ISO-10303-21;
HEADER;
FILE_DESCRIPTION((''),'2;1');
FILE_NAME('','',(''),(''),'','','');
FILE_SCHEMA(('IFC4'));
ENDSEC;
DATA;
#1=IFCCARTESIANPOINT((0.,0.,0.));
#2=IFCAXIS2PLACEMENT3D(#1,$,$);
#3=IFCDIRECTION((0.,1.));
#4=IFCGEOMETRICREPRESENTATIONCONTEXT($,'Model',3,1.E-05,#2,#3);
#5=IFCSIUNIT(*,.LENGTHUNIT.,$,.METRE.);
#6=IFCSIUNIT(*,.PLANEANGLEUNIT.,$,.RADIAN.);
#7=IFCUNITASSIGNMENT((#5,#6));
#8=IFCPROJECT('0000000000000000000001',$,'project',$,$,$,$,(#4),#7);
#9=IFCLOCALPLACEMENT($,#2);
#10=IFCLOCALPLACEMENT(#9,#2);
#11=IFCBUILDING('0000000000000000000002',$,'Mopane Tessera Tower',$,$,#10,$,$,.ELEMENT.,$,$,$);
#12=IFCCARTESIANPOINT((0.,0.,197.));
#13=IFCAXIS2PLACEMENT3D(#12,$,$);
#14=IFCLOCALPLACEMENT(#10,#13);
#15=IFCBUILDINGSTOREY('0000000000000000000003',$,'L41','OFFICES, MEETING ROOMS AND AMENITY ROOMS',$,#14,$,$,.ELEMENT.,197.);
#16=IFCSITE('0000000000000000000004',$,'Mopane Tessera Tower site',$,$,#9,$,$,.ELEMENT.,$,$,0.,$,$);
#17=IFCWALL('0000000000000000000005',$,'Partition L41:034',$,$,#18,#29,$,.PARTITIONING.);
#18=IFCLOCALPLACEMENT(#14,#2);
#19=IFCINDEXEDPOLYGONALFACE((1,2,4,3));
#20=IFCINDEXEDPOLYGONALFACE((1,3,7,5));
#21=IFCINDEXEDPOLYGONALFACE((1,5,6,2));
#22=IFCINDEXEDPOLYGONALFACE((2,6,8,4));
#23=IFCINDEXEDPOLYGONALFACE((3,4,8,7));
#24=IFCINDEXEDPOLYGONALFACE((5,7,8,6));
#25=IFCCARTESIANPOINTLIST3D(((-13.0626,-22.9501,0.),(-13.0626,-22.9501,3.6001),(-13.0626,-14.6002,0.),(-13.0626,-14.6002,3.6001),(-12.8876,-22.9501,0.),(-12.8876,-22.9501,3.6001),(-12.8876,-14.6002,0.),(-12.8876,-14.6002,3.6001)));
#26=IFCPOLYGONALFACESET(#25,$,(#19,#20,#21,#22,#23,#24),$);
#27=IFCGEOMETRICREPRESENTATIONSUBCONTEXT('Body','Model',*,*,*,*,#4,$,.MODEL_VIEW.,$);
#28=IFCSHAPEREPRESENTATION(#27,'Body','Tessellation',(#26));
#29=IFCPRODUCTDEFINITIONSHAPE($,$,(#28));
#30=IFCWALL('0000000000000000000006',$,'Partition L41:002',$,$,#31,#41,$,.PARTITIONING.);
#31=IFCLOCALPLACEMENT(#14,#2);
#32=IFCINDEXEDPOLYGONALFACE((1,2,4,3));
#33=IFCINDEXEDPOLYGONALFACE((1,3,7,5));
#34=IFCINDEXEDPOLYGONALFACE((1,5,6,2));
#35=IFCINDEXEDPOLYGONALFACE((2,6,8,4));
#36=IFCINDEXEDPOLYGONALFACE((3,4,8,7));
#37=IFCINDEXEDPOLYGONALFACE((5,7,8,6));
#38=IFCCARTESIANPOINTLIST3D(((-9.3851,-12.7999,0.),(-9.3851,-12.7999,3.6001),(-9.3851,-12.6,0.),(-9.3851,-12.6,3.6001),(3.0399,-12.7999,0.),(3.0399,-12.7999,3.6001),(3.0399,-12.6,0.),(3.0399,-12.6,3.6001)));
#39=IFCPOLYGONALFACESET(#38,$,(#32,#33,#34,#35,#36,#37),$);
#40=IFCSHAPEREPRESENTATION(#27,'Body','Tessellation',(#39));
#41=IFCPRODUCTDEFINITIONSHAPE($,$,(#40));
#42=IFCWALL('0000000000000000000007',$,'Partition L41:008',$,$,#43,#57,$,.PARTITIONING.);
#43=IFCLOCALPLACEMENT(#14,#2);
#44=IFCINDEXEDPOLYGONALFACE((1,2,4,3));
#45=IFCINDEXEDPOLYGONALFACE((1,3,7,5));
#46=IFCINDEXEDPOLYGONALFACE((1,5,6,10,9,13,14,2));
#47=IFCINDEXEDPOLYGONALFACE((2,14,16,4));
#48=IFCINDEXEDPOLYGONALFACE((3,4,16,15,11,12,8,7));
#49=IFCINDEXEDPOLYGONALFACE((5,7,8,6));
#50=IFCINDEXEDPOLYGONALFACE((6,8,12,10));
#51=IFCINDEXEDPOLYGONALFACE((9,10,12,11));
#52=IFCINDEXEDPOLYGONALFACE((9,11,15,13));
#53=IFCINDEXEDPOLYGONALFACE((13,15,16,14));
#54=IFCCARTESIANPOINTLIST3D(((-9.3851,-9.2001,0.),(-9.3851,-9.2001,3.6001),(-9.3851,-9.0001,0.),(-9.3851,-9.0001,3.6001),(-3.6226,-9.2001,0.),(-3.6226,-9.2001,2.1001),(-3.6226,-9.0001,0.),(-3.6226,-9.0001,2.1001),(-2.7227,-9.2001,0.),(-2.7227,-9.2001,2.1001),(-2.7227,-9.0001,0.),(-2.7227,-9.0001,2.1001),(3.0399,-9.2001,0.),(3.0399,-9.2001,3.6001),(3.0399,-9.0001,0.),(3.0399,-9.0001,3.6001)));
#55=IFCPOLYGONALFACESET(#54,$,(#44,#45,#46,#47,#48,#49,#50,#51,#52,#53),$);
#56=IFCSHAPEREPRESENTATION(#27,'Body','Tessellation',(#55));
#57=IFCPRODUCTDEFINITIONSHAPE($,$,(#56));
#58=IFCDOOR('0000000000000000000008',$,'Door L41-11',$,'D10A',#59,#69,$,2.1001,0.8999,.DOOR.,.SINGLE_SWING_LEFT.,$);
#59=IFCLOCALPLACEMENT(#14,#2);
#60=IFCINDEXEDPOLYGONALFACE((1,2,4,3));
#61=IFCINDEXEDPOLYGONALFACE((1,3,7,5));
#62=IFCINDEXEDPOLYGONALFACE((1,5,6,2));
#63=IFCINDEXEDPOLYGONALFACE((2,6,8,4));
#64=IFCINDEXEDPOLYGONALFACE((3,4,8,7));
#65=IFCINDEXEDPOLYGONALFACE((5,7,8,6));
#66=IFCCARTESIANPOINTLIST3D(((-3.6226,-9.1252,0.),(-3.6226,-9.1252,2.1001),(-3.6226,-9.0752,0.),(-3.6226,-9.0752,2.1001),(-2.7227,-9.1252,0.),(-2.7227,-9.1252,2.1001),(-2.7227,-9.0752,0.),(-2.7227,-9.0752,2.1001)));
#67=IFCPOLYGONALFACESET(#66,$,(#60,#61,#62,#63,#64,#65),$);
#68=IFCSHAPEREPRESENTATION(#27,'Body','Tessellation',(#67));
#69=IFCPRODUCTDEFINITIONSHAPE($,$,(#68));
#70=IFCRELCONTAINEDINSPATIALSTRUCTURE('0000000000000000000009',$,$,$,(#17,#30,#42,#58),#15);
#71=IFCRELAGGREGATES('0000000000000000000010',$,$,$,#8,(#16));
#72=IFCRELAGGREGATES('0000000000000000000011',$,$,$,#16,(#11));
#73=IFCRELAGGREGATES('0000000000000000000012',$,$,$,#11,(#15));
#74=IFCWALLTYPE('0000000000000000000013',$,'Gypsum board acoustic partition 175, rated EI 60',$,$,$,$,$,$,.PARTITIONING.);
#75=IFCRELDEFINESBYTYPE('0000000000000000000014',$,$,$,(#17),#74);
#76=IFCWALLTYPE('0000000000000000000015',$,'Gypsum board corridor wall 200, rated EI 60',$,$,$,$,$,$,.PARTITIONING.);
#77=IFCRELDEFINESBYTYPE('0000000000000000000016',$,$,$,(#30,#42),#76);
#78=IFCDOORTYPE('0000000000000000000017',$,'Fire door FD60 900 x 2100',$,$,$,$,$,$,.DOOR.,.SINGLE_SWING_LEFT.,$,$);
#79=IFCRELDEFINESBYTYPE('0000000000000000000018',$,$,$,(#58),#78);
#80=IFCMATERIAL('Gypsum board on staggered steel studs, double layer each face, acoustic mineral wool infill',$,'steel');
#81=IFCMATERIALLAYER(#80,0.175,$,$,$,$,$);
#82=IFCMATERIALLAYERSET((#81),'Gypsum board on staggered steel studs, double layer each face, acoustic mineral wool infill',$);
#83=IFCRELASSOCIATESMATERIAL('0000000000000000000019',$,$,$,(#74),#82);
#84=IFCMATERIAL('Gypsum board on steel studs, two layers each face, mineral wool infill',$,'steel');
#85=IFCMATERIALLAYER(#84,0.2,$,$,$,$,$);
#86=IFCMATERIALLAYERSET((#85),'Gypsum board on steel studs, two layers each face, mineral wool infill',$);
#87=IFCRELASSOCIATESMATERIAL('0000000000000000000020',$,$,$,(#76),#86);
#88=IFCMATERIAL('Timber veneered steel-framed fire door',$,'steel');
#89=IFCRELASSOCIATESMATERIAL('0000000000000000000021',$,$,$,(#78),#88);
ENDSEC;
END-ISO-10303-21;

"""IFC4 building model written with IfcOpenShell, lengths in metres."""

from ifc_helpers import new_model, si_unit, direction, frame, frame_2d, origin, place, context, subcontext, project, spatial, rectangle, extrude, material, layer, layer_set, type_object, element, fill, save


model = new_model("IFC4")

# Units and contexts
model_context = context("Model", 3, precision=1e-05, world=origin(), true_north=direction((0.0, 1.0)))
body_context = subcontext(model_context, "Body", "Model", "MODEL_VIEW")
ifc_project = project(units=[si_unit("LENGTHUNIT", "METRE"), si_unit("PLANEANGLEUNIT", "RADIAN")], contexts=[model_context])

# Site, building, storey
site_placement = place(None, origin())
site = spatial("IfcSite", under=ifc_project, at=site_placement, Name="Mopane Tessera Tower site", CompositionType="ELEMENT", RefElevation=0.0)
building_placement = place(site_placement, origin())
building = spatial("IfcBuilding", under=site, at=building_placement, Name="Mopane Tessera Tower", CompositionType="ELEMENT")
storey_placement = place(building_placement, frame((0.0, 0.0, 197.0)))
storey = spatial("IfcBuildingStorey", under=building, at=storey_placement, Name="L41", Description="OFFICES, MEETING ROOMS AND AMENITY ROOMS", CompositionType="ELEMENT", Elevation=197.0)

# Walls
ifc_material_1 = material(Name="Gypsum board on staggered steel studs, double layer each face, acoustic mineral wool infill", Category="steel")
ifc_layer_1 = layer(ifc_material_1, 0.175)
ifc_layer_set_1 = layer_set([ifc_layer_1], Name="Gypsum board on staggered steel studs, double layer each face, acoustic mineral wool infill")
wall_type_1 = type_object("IfcWallType", Name="Gypsum board acoustic partition 175, rated EI 60", PredefinedType="PARTITIONING", material=ifc_layer_set_1)
wall_1_placement = place(storey_placement, frame((-12.9751, -22.95, 0.0), z_axis=(0.0, 0.0, 1.0), x_axis=(0.0, 1.0, 0.0)))
element("IfcWall", 1, at=wall_1_placement, inside=storey, type_object=wall_type_1, Name="Partition L41:034", PredefinedType="PARTITIONING", context=body_context, shape_type="SweptSolid", body=[
    extrude(rectangle(XDim=8.3499, YDim=0.175, at=frame_2d((4.1748, 0.0))), origin(), (0.0, 0.0, 1.0), 3.6001),
])
ifc_material_2 = material(Name="Gypsum board on steel studs, two layers each face, mineral wool infill", Category="steel")
ifc_layer_2 = layer(ifc_material_2, 0.2)
ifc_layer_set_2 = layer_set([ifc_layer_2], Name="Gypsum board on steel studs, two layers each face, mineral wool infill")
wall_type_2 = type_object("IfcWallType", Name="Gypsum board corridor wall 200, rated EI 60", PredefinedType="PARTITIONING", material=ifc_layer_set_2)
wall_2_placement = place(storey_placement, frame((-9.385, -12.7, 0.0), z_axis=(0.0, 0.0, 1.0), x_axis=(1.0, 0.0, 0.0)))
element("IfcWall", 2, at=wall_2_placement, inside=storey, type_object=wall_type_2, Name="Partition L41:002", PredefinedType="PARTITIONING", context=body_context, shape_type="SweptSolid", body=[
    extrude(rectangle(XDim=12.425, YDim=0.2, at=frame_2d((6.2124, 0.0))), origin(), (0.0, 0.0, 1.0), 3.6001),
])

# Wall, opening, door
wall_3_placement = place(storey_placement, frame((-9.385, -9.1001, 0.0), z_axis=(0.0, 0.0, 1.0), x_axis=(1.0, 0.0, 0.0)))
wall_3 = element("IfcWall", 3, at=wall_3_placement, inside=storey, type_object=wall_type_2, Name="Partition L41:008", PredefinedType="PARTITIONING", context=body_context, shape_type="SweptSolid", body=[
    extrude(rectangle(XDim=12.425, YDim=0.2, at=frame_2d((6.2124, 0.0))), origin(), (0.0, 0.0, 1.0), 3.6001),
])
opening_placement = place(wall_3_placement, frame((5.7625, 0.0, 0.0)))
opening = element("IfcOpeningElement", 4, at=opening_placement, cuts=wall_3, PredefinedType="OPENING", context=body_context, shape_type="SweptSolid", body=[
    extrude(rectangle(XDim=0.8999, YDim=2.1001, at=frame_2d((0.45, 1.05))), frame((0.0, 0.1121, 0.0), z_axis=(0.0, -1.0, 0.0), x_axis=(1.0, 0.0, 0.0)), (0.0, 0.0, 1.0), 0.2239),
])
ifc_material_3 = material(Name="Timber veneered steel-framed fire door", Category="steel")
door_type = type_object("IfcDoorType", Name="Fire door FD60 900 x 2100", OperationType="SINGLE_SWING_LEFT", PredefinedType="DOOR", material=ifc_material_3)
door_placement = place(opening_placement, origin())
door = element("IfcDoor", 5, at=door_placement, inside=storey, type_object=door_type, Name="Door L41-11", ObjectType="D10A", OperationType="SINGLE_SWING_LEFT", OverallHeight=2.1001, OverallWidth=0.8999, PredefinedType="DOOR", context=body_context, shape_type="SweptSolid", body=[
    extrude(rectangle(XDim=0.8999, YDim=2.1001, at=frame_2d((0.45, 1.05))), frame((0.0, 0.0249, 0.0), z_axis=(0.0, -1.0, 0.0), x_axis=(1.0, 0.0, 0.0)), (0.0, 0.0, 1.0), 0.05),
])
fill(opening, door)

save(model, "model.ifc")
